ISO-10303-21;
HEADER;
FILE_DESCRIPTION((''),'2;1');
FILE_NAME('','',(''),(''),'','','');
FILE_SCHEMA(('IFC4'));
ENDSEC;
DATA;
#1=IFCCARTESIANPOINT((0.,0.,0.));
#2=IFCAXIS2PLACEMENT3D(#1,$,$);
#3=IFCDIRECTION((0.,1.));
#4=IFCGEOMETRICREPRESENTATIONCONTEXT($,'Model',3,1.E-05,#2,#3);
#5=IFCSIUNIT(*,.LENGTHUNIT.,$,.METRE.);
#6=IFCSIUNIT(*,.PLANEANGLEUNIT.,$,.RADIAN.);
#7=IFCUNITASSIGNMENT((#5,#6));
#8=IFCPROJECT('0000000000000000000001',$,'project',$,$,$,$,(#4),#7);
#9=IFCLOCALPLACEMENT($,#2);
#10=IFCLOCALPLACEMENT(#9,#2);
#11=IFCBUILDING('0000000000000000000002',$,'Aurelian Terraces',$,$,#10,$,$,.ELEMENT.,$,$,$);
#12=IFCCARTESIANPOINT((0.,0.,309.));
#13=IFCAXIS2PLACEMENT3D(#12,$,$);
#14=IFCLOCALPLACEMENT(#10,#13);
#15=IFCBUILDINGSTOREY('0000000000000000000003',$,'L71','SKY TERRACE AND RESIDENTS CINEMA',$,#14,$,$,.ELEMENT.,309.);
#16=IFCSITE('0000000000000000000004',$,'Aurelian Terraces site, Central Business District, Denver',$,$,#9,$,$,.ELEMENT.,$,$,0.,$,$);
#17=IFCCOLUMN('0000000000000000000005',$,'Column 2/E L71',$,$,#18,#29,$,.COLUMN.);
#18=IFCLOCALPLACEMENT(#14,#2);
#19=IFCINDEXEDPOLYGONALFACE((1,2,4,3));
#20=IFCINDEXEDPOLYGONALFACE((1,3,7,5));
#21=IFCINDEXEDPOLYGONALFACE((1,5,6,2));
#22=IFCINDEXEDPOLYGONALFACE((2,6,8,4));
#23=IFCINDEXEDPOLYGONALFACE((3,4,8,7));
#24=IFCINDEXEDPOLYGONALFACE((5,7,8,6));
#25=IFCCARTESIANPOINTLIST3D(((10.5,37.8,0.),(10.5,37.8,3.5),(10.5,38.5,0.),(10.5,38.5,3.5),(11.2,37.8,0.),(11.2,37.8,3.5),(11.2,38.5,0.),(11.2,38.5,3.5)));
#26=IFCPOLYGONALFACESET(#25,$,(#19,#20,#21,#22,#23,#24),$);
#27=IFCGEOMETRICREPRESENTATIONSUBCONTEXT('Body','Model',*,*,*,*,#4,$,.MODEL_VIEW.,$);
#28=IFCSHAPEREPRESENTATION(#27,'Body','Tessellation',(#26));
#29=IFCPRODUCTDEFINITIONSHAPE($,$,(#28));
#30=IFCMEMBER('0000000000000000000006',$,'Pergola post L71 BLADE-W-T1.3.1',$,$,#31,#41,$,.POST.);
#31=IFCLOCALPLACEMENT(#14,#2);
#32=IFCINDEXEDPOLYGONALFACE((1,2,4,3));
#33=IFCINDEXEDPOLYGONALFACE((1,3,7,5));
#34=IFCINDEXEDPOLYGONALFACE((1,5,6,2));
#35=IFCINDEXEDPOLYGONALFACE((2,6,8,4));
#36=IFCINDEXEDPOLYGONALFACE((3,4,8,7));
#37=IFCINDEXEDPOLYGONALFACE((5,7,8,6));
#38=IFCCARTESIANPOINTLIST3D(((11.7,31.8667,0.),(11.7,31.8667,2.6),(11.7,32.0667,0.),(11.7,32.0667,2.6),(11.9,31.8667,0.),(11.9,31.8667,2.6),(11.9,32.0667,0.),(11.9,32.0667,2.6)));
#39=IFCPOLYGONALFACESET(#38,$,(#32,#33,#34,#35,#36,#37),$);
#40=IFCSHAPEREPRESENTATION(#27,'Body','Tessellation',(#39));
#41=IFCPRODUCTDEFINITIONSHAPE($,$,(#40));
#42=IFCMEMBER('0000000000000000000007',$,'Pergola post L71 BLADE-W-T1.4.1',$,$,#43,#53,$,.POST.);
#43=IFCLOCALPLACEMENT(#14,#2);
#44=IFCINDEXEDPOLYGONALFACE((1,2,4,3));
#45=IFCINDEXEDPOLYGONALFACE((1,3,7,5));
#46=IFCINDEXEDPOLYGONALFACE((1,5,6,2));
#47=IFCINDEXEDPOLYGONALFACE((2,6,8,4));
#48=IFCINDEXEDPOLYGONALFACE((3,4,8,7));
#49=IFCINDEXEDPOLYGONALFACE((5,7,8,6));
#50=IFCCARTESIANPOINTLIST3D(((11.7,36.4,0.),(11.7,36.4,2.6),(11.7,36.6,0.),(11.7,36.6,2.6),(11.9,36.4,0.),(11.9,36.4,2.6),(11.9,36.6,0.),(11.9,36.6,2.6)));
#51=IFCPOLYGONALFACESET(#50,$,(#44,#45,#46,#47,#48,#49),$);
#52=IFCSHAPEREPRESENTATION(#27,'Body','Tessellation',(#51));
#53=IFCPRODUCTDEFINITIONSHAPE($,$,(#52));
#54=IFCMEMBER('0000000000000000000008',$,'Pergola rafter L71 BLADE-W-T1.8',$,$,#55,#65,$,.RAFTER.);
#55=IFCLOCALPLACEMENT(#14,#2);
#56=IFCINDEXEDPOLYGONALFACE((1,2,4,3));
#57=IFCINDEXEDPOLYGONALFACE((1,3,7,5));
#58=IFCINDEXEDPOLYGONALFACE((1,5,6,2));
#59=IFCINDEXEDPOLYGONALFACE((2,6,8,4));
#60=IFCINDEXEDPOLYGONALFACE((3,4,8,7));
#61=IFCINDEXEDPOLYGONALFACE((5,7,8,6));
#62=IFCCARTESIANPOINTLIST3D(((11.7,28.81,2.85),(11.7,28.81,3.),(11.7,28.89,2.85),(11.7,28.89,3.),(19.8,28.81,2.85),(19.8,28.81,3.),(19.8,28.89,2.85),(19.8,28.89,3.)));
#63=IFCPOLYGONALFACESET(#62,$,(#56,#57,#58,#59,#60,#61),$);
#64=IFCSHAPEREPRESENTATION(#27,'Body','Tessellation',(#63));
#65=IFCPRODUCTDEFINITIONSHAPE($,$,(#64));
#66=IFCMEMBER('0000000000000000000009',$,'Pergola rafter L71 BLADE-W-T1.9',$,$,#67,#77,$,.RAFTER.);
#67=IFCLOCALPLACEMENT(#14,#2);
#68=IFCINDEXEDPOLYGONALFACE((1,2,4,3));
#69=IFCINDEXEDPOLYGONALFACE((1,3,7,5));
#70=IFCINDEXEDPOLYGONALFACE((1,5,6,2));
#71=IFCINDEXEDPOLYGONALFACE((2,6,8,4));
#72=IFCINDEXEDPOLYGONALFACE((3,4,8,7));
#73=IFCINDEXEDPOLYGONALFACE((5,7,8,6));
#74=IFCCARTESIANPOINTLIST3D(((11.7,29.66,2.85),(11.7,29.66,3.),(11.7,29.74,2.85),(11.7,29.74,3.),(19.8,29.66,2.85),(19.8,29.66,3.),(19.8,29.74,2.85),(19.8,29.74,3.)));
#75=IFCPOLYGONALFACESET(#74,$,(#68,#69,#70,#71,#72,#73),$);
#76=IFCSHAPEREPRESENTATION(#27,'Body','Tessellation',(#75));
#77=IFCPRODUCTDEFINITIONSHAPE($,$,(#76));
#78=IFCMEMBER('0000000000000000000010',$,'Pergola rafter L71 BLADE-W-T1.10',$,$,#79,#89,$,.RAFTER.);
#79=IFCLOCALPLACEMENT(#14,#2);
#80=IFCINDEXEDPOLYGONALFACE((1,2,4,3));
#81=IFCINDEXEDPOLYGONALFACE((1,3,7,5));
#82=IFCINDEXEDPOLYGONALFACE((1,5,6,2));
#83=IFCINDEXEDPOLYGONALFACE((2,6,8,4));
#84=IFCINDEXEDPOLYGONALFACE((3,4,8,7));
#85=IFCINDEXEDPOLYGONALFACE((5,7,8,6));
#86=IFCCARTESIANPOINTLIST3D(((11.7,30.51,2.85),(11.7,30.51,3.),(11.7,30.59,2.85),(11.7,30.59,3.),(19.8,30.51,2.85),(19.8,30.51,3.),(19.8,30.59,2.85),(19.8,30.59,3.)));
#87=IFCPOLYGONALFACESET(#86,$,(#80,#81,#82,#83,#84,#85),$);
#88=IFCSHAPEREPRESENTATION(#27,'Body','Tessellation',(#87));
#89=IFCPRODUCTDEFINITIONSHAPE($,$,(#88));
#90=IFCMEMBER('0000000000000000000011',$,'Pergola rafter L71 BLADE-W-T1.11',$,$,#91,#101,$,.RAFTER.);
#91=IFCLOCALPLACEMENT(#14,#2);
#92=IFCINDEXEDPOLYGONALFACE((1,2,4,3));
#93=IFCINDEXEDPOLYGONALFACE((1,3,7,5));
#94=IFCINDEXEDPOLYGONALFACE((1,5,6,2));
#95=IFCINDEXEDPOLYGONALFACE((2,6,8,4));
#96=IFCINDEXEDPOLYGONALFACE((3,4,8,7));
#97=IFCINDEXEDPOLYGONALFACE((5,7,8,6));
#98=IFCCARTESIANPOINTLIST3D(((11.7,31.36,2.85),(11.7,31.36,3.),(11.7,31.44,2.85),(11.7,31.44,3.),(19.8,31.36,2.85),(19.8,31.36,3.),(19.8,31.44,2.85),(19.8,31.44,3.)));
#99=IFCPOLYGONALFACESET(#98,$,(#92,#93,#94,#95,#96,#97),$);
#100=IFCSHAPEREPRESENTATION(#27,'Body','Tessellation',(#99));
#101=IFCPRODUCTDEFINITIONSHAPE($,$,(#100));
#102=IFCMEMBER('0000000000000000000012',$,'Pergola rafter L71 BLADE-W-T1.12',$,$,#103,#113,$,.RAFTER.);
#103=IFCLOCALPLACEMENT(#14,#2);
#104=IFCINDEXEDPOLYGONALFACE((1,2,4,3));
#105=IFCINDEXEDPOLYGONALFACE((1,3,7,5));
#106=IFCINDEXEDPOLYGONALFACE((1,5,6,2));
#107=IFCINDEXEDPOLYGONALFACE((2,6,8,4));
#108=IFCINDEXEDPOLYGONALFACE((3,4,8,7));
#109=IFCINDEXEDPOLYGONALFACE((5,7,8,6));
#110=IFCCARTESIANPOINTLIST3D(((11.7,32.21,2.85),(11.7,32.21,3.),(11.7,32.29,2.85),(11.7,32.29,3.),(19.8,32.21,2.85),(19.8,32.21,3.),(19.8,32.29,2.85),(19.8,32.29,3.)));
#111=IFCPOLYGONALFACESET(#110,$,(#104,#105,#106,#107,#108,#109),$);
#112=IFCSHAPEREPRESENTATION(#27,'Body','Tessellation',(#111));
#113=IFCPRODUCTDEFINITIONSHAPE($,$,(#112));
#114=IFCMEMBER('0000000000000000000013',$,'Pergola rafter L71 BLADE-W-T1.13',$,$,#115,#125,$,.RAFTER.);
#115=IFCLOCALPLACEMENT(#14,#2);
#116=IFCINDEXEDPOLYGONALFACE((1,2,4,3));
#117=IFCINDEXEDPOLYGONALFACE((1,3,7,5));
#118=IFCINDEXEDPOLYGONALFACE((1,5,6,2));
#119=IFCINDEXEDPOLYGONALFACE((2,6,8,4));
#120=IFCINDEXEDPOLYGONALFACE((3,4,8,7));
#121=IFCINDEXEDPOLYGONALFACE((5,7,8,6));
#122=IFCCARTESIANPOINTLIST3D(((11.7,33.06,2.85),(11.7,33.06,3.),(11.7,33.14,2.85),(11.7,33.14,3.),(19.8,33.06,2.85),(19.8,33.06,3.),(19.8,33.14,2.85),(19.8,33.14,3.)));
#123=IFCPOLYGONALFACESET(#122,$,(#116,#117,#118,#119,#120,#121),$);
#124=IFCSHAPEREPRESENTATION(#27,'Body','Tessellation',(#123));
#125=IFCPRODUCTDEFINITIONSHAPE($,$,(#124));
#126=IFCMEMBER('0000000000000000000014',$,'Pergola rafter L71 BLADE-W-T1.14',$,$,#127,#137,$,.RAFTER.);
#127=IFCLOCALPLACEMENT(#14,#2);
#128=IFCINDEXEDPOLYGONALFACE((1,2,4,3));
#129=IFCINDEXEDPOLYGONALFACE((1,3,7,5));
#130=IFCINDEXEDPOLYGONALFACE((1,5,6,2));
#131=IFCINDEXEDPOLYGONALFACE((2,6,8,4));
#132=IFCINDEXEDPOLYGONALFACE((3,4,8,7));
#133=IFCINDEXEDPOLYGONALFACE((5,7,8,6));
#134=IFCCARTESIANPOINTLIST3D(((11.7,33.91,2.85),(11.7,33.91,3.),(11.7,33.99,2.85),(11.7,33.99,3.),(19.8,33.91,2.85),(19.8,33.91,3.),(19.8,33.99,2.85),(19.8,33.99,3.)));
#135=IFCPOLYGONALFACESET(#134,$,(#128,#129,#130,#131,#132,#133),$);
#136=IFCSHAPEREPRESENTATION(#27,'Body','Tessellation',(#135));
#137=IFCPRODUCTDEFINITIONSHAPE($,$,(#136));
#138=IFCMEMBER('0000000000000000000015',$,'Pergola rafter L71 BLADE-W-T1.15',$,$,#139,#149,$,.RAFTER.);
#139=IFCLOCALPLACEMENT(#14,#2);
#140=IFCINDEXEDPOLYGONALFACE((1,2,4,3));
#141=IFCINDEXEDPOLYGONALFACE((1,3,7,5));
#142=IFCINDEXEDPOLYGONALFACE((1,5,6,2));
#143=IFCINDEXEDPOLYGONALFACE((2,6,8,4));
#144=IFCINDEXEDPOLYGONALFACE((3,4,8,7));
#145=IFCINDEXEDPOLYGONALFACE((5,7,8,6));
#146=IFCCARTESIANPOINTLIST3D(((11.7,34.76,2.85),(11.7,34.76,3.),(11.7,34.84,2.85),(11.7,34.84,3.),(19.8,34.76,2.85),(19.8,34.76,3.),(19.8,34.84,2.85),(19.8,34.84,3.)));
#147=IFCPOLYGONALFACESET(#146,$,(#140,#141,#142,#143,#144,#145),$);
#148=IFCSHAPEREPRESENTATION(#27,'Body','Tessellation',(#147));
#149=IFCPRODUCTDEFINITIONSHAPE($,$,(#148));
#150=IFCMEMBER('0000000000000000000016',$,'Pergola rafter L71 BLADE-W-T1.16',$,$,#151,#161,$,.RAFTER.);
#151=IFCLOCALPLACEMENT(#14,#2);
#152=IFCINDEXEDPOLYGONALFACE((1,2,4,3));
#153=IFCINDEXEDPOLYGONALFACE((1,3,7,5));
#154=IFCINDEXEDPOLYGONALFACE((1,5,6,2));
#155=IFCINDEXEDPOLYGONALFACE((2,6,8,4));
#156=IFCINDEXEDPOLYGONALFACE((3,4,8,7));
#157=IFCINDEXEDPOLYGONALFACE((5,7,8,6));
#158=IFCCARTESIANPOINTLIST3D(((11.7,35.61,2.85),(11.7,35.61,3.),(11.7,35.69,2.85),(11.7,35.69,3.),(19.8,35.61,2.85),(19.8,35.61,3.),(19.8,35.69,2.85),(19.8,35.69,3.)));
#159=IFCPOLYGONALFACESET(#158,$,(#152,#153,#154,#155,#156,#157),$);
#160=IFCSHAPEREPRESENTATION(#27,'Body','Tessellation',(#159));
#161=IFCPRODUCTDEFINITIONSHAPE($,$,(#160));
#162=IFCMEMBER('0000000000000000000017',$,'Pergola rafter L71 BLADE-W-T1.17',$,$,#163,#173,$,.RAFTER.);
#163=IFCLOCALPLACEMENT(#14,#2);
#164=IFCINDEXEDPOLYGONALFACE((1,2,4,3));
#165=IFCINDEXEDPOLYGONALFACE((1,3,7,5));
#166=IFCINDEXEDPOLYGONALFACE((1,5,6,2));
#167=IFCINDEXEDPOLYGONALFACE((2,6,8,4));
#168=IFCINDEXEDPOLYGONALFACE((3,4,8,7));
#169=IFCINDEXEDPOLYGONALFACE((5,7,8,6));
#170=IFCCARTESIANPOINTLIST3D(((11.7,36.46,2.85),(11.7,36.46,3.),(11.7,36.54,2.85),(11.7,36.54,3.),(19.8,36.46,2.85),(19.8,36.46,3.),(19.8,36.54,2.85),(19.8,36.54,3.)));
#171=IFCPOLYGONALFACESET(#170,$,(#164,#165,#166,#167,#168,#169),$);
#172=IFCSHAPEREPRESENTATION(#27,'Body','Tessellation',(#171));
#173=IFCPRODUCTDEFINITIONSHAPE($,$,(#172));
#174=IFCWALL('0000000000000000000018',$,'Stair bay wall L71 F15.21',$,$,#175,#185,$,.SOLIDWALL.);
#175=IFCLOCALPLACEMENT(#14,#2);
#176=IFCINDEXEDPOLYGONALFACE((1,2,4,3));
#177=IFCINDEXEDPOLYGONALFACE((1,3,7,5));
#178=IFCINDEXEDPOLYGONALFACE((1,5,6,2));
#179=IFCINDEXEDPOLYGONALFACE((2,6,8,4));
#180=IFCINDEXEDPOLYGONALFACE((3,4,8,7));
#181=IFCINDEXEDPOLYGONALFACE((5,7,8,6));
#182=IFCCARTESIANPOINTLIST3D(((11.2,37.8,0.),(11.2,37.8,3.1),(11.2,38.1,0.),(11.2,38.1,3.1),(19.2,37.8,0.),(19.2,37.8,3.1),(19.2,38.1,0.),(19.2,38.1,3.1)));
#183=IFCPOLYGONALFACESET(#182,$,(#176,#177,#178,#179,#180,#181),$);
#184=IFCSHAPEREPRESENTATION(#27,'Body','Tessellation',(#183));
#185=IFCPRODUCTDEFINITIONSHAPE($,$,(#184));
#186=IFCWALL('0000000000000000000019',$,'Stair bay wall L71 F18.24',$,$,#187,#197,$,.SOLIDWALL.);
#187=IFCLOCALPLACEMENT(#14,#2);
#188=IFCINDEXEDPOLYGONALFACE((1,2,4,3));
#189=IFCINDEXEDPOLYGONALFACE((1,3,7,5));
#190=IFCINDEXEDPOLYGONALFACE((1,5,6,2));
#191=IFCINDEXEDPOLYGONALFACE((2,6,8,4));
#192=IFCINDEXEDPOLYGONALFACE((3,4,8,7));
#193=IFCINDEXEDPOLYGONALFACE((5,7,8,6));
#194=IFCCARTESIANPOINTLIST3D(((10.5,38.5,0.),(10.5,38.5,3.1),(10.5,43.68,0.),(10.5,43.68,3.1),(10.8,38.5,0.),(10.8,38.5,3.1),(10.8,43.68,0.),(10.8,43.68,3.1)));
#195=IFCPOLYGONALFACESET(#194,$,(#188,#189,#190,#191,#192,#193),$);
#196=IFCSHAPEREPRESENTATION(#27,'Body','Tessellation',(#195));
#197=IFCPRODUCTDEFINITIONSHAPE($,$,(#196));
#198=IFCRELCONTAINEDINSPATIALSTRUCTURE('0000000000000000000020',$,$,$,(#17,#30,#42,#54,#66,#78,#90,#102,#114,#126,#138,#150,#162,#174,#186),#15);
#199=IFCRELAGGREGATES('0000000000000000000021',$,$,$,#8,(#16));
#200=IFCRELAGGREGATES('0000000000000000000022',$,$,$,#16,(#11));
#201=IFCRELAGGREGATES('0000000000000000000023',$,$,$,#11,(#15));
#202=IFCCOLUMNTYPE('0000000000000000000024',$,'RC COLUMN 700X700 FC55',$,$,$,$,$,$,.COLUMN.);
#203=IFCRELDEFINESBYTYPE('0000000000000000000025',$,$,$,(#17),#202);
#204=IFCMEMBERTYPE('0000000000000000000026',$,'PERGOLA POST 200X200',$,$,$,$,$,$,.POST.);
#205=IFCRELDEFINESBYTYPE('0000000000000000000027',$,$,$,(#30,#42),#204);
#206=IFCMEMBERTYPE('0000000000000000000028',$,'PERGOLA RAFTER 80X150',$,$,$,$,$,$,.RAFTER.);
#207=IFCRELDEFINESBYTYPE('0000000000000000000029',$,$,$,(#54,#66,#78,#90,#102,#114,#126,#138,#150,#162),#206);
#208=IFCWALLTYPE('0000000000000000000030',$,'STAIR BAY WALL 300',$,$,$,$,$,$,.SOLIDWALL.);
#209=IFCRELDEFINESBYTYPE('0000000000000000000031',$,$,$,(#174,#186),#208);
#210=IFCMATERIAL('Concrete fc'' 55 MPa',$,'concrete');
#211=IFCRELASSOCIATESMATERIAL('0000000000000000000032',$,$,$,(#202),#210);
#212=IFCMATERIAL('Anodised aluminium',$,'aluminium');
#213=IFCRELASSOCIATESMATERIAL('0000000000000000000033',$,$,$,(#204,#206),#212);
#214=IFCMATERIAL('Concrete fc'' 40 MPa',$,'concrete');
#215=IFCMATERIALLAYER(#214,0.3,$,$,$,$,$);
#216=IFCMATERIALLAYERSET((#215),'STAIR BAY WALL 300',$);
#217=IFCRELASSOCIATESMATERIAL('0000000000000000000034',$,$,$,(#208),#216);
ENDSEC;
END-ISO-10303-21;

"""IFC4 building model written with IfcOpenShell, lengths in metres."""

from ifc_helpers import new_model, si_unit, direction, frame, frame_2d, origin, origin_2d, place, context, subcontext, project, spatial, rectangle, extrude, source, transform, mapped, material, layer, layer_set, material_profile, profile_set, type_object, element, save


model = new_model("IFC4")

# Units and contexts
model_context = context("Model", 3, precision=1e-05, world=origin(), true_north=direction((0.0, 1.0)))
body_context = subcontext(model_context, "Body", "Model", "MODEL_VIEW")
ifc_project = project(units=[si_unit("LENGTHUNIT", "METRE"), si_unit("PLANEANGLEUNIT", "RADIAN")], contexts=[model_context])

# Site, building, storey
site_placement = place(None, origin())
site = spatial("IfcSite", under=ifc_project, at=site_placement, Name="Aurelian Terraces site, Central Business District, Denver", CompositionType="ELEMENT", RefElevation=0.0)
building_placement = place(site_placement, origin())
building = spatial("IfcBuilding", under=site, at=building_placement, Name="Aurelian Terraces", CompositionType="ELEMENT")
storey_placement = place(building_placement, frame((0.0, 0.0, 309.0)))
storey = spatial("IfcBuildingStorey", under=building, at=storey_placement, Name="L71", Description="SKY TERRACE AND RESIDENTS CINEMA", CompositionType="ELEMENT", Elevation=309.0)

# Column
ifc_material_1 = material(Name="Concrete fc' 55 MPa", Category="concrete")
ifc_material_profile_1 = material_profile(ifc_material_1, rectangle(XDim=0.7, YDim=0.7, at=origin_2d()))
ifc_profile_set_1 = profile_set([ifc_material_profile_1], Name="Concrete fc' 55 MPa")
column_type = type_object("IfcColumnType", Name="RC COLUMN 700X700 FC55", PredefinedType="COLUMN", material=ifc_profile_set_1)
shared_shape_1 = source(origin(), body_context, "Body", "SweptSolid", [
    extrude(rectangle(XDim=0.7, YDim=0.7, at=origin_2d()), origin(), (0.0, 0.0, 1.0), 3.5),
])
column_placement = place(storey_placement, frame((10.85, 38.15, 0.0), z_axis=(0.0, 0.0, 1.0), x_axis=(1.0, 0.0, 0.0)))
element("IfcColumn", 1, at=column_placement, inside=storey, type_object=column_type, Name="Column 2/E L71", PredefinedType="COLUMN", context=body_context, shape_type="MappedRepresentation", body=[
    mapped(shared_shape_1, transform((0.0, 0.0, 0.0), scale=1.0)),
])

# Members
ifc_material_2 = material(Name="Anodised aluminium", Category="aluminium")
ifc_material_profile_2 = material_profile(ifc_material_2, rectangle(XDim=0.2, YDim=0.2, at=origin_2d()))
ifc_profile_set_2 = profile_set([ifc_material_profile_2], Name="Anodised aluminium")
member_type_1 = type_object("IfcMemberType", Name="PERGOLA POST 200X200", PredefinedType="POST", material=ifc_profile_set_2)
shared_shape_2 = source(origin(), body_context, "Body", "SweptSolid", [
    extrude(rectangle(XDim=0.2, YDim=0.2, at=origin_2d()), origin(), (0.0, 0.0, 1.0), 2.6),
])
for number, where, z_axis, x_axis, name in (
    (2, (11.8, 31.9667, 0.0), (0.0, 0.0, 1.0), (1.0, 0.0, 0.0), "Pergola post L71 BLADE-W-T1.3.1"),
    (3, (11.8, 36.5, 0.0), (0.0, 0.0, 1.0), (1.0, 0.0, 0.0), "Pergola post L71 BLADE-W-T1.4.1"),
):
    element("IfcMember", number, at=place(storey_placement, frame(where, z_axis=z_axis, x_axis=x_axis)), inside=storey, type_object=member_type_1, Name=name, PredefinedType="POST", context=body_context, shape_type="MappedRepresentation", body=[
        mapped(shared_shape_2, transform((0.0, 0.0, 0.0), scale=1.0)),
    ])
ifc_material_profile_3 = material_profile(ifc_material_2, rectangle(XDim=0.08, YDim=0.15, at=origin_2d()))
ifc_profile_set_3 = profile_set([ifc_material_profile_3], Name="Anodised aluminium")
member_type_2 = type_object("IfcMemberType", Name="PERGOLA RAFTER 80X150", PredefinedType="RAFTER", material=ifc_profile_set_3)
shared_shape_3 = source(origin(), body_context, "Body", "SweptSolid", [
    extrude(rectangle(XDim=0.08, YDim=0.15, at=origin_2d()), origin(), (0.0, 0.0, 1.0), 8.1),
])
for number, where, z_axis, x_axis, name in (
    (4, (11.7, 28.85, 2.925), (1.0, 0.0, 0.0), (0.0, 1.0, 0.0), "Pergola rafter L71 BLADE-W-T1.8"),
    (5, (11.7, 29.7, 2.925), (1.0, 0.0, 0.0), (0.0, 1.0, 0.0), "Pergola rafter L71 BLADE-W-T1.9"),
    (6, (11.7, 30.55, 2.925), (1.0, 0.0, 0.0), (0.0, 1.0, 0.0), "Pergola rafter L71 BLADE-W-T1.10"),
    (7, (11.7, 31.4, 2.925), (1.0, 0.0, 0.0), (0.0, 1.0, 0.0), "Pergola rafter L71 BLADE-W-T1.11"),
    (8, (11.7, 32.25, 2.925), (1.0, 0.0, 0.0), (0.0, 1.0, 0.0), "Pergola rafter L71 BLADE-W-T1.12"),
    (9, (11.7, 33.1, 2.925), (1.0, 0.0, 0.0), (0.0, 1.0, 0.0), "Pergola rafter L71 BLADE-W-T1.13"),
    (10, (11.7, 33.95, 2.925), (1.0, 0.0, 0.0), (0.0, 1.0, 0.0), "Pergola rafter L71 BLADE-W-T1.14"),
    (11, (11.7, 34.8, 2.925), (1.0, 0.0, 0.0), (0.0, 1.0, 0.0), "Pergola rafter L71 BLADE-W-T1.15"),
    (12, (11.7, 35.65, 2.925), (1.0, 0.0, 0.0), (0.0, 1.0, 0.0), "Pergola rafter L71 BLADE-W-T1.16"),
    (13, (11.7, 36.5, 2.925), (1.0, 0.0, 0.0), (0.0, 1.0, 0.0), "Pergola rafter L71 BLADE-W-T1.17"),
):
    element("IfcMember", number, at=place(storey_placement, frame(where, z_axis=z_axis, x_axis=x_axis)), inside=storey, type_object=member_type_2, Name=name, PredefinedType="RAFTER", context=body_context, shape_type="MappedRepresentation", body=[
        mapped(shared_shape_3, transform((0.0, 0.0, 0.0), scale=1.0)),
    ])

# Walls
ifc_material_3 = material(Name="Concrete fc' 40 MPa", Category="concrete")
ifc_layer_1 = layer(ifc_material_3, 0.3)
ifc_layer_set_1 = layer_set([ifc_layer_1], Name="STAIR BAY WALL 300")
wall_type_1 = type_object("IfcWallType", Name="STAIR BAY WALL 300", PredefinedType="SOLIDWALL", material=ifc_layer_set_1)
wall_1_placement = place(storey_placement, frame((11.2, 37.95, 0.0), z_axis=(0.0, 0.0, 1.0), x_axis=(1.0, 0.0, 0.0)))
element("IfcWall", 14, at=wall_1_placement, inside=storey, type_object=wall_type_1, Name="Stair bay wall L71 F15.21", PredefinedType="SOLIDWALL", context=body_context, shape_type="SweptSolid", body=[
    extrude(rectangle(XDim=8.0, YDim=0.3, at=frame_2d((4.0, 0.0))), origin(), (0.0, 0.0, 1.0), 3.1),
])
wall_2_placement = place(storey_placement, frame((10.65, 43.68, 0.0), z_axis=(0.0, 0.0, 1.0), x_axis=(0.0, -1.0, 0.0)))
element("IfcWall", 15, at=wall_2_placement, inside=storey, type_object=wall_type_1, Name="Stair bay wall L71 F18.24", PredefinedType="SOLIDWALL", context=body_context, shape_type="SweptSolid", body=[
    extrude(rectangle(XDim=5.18, YDim=0.3, at=frame_2d((2.59, 0.0))), origin(), (0.0, 0.0, 1.0), 3.1),
])

save(model, "model.ifc")
